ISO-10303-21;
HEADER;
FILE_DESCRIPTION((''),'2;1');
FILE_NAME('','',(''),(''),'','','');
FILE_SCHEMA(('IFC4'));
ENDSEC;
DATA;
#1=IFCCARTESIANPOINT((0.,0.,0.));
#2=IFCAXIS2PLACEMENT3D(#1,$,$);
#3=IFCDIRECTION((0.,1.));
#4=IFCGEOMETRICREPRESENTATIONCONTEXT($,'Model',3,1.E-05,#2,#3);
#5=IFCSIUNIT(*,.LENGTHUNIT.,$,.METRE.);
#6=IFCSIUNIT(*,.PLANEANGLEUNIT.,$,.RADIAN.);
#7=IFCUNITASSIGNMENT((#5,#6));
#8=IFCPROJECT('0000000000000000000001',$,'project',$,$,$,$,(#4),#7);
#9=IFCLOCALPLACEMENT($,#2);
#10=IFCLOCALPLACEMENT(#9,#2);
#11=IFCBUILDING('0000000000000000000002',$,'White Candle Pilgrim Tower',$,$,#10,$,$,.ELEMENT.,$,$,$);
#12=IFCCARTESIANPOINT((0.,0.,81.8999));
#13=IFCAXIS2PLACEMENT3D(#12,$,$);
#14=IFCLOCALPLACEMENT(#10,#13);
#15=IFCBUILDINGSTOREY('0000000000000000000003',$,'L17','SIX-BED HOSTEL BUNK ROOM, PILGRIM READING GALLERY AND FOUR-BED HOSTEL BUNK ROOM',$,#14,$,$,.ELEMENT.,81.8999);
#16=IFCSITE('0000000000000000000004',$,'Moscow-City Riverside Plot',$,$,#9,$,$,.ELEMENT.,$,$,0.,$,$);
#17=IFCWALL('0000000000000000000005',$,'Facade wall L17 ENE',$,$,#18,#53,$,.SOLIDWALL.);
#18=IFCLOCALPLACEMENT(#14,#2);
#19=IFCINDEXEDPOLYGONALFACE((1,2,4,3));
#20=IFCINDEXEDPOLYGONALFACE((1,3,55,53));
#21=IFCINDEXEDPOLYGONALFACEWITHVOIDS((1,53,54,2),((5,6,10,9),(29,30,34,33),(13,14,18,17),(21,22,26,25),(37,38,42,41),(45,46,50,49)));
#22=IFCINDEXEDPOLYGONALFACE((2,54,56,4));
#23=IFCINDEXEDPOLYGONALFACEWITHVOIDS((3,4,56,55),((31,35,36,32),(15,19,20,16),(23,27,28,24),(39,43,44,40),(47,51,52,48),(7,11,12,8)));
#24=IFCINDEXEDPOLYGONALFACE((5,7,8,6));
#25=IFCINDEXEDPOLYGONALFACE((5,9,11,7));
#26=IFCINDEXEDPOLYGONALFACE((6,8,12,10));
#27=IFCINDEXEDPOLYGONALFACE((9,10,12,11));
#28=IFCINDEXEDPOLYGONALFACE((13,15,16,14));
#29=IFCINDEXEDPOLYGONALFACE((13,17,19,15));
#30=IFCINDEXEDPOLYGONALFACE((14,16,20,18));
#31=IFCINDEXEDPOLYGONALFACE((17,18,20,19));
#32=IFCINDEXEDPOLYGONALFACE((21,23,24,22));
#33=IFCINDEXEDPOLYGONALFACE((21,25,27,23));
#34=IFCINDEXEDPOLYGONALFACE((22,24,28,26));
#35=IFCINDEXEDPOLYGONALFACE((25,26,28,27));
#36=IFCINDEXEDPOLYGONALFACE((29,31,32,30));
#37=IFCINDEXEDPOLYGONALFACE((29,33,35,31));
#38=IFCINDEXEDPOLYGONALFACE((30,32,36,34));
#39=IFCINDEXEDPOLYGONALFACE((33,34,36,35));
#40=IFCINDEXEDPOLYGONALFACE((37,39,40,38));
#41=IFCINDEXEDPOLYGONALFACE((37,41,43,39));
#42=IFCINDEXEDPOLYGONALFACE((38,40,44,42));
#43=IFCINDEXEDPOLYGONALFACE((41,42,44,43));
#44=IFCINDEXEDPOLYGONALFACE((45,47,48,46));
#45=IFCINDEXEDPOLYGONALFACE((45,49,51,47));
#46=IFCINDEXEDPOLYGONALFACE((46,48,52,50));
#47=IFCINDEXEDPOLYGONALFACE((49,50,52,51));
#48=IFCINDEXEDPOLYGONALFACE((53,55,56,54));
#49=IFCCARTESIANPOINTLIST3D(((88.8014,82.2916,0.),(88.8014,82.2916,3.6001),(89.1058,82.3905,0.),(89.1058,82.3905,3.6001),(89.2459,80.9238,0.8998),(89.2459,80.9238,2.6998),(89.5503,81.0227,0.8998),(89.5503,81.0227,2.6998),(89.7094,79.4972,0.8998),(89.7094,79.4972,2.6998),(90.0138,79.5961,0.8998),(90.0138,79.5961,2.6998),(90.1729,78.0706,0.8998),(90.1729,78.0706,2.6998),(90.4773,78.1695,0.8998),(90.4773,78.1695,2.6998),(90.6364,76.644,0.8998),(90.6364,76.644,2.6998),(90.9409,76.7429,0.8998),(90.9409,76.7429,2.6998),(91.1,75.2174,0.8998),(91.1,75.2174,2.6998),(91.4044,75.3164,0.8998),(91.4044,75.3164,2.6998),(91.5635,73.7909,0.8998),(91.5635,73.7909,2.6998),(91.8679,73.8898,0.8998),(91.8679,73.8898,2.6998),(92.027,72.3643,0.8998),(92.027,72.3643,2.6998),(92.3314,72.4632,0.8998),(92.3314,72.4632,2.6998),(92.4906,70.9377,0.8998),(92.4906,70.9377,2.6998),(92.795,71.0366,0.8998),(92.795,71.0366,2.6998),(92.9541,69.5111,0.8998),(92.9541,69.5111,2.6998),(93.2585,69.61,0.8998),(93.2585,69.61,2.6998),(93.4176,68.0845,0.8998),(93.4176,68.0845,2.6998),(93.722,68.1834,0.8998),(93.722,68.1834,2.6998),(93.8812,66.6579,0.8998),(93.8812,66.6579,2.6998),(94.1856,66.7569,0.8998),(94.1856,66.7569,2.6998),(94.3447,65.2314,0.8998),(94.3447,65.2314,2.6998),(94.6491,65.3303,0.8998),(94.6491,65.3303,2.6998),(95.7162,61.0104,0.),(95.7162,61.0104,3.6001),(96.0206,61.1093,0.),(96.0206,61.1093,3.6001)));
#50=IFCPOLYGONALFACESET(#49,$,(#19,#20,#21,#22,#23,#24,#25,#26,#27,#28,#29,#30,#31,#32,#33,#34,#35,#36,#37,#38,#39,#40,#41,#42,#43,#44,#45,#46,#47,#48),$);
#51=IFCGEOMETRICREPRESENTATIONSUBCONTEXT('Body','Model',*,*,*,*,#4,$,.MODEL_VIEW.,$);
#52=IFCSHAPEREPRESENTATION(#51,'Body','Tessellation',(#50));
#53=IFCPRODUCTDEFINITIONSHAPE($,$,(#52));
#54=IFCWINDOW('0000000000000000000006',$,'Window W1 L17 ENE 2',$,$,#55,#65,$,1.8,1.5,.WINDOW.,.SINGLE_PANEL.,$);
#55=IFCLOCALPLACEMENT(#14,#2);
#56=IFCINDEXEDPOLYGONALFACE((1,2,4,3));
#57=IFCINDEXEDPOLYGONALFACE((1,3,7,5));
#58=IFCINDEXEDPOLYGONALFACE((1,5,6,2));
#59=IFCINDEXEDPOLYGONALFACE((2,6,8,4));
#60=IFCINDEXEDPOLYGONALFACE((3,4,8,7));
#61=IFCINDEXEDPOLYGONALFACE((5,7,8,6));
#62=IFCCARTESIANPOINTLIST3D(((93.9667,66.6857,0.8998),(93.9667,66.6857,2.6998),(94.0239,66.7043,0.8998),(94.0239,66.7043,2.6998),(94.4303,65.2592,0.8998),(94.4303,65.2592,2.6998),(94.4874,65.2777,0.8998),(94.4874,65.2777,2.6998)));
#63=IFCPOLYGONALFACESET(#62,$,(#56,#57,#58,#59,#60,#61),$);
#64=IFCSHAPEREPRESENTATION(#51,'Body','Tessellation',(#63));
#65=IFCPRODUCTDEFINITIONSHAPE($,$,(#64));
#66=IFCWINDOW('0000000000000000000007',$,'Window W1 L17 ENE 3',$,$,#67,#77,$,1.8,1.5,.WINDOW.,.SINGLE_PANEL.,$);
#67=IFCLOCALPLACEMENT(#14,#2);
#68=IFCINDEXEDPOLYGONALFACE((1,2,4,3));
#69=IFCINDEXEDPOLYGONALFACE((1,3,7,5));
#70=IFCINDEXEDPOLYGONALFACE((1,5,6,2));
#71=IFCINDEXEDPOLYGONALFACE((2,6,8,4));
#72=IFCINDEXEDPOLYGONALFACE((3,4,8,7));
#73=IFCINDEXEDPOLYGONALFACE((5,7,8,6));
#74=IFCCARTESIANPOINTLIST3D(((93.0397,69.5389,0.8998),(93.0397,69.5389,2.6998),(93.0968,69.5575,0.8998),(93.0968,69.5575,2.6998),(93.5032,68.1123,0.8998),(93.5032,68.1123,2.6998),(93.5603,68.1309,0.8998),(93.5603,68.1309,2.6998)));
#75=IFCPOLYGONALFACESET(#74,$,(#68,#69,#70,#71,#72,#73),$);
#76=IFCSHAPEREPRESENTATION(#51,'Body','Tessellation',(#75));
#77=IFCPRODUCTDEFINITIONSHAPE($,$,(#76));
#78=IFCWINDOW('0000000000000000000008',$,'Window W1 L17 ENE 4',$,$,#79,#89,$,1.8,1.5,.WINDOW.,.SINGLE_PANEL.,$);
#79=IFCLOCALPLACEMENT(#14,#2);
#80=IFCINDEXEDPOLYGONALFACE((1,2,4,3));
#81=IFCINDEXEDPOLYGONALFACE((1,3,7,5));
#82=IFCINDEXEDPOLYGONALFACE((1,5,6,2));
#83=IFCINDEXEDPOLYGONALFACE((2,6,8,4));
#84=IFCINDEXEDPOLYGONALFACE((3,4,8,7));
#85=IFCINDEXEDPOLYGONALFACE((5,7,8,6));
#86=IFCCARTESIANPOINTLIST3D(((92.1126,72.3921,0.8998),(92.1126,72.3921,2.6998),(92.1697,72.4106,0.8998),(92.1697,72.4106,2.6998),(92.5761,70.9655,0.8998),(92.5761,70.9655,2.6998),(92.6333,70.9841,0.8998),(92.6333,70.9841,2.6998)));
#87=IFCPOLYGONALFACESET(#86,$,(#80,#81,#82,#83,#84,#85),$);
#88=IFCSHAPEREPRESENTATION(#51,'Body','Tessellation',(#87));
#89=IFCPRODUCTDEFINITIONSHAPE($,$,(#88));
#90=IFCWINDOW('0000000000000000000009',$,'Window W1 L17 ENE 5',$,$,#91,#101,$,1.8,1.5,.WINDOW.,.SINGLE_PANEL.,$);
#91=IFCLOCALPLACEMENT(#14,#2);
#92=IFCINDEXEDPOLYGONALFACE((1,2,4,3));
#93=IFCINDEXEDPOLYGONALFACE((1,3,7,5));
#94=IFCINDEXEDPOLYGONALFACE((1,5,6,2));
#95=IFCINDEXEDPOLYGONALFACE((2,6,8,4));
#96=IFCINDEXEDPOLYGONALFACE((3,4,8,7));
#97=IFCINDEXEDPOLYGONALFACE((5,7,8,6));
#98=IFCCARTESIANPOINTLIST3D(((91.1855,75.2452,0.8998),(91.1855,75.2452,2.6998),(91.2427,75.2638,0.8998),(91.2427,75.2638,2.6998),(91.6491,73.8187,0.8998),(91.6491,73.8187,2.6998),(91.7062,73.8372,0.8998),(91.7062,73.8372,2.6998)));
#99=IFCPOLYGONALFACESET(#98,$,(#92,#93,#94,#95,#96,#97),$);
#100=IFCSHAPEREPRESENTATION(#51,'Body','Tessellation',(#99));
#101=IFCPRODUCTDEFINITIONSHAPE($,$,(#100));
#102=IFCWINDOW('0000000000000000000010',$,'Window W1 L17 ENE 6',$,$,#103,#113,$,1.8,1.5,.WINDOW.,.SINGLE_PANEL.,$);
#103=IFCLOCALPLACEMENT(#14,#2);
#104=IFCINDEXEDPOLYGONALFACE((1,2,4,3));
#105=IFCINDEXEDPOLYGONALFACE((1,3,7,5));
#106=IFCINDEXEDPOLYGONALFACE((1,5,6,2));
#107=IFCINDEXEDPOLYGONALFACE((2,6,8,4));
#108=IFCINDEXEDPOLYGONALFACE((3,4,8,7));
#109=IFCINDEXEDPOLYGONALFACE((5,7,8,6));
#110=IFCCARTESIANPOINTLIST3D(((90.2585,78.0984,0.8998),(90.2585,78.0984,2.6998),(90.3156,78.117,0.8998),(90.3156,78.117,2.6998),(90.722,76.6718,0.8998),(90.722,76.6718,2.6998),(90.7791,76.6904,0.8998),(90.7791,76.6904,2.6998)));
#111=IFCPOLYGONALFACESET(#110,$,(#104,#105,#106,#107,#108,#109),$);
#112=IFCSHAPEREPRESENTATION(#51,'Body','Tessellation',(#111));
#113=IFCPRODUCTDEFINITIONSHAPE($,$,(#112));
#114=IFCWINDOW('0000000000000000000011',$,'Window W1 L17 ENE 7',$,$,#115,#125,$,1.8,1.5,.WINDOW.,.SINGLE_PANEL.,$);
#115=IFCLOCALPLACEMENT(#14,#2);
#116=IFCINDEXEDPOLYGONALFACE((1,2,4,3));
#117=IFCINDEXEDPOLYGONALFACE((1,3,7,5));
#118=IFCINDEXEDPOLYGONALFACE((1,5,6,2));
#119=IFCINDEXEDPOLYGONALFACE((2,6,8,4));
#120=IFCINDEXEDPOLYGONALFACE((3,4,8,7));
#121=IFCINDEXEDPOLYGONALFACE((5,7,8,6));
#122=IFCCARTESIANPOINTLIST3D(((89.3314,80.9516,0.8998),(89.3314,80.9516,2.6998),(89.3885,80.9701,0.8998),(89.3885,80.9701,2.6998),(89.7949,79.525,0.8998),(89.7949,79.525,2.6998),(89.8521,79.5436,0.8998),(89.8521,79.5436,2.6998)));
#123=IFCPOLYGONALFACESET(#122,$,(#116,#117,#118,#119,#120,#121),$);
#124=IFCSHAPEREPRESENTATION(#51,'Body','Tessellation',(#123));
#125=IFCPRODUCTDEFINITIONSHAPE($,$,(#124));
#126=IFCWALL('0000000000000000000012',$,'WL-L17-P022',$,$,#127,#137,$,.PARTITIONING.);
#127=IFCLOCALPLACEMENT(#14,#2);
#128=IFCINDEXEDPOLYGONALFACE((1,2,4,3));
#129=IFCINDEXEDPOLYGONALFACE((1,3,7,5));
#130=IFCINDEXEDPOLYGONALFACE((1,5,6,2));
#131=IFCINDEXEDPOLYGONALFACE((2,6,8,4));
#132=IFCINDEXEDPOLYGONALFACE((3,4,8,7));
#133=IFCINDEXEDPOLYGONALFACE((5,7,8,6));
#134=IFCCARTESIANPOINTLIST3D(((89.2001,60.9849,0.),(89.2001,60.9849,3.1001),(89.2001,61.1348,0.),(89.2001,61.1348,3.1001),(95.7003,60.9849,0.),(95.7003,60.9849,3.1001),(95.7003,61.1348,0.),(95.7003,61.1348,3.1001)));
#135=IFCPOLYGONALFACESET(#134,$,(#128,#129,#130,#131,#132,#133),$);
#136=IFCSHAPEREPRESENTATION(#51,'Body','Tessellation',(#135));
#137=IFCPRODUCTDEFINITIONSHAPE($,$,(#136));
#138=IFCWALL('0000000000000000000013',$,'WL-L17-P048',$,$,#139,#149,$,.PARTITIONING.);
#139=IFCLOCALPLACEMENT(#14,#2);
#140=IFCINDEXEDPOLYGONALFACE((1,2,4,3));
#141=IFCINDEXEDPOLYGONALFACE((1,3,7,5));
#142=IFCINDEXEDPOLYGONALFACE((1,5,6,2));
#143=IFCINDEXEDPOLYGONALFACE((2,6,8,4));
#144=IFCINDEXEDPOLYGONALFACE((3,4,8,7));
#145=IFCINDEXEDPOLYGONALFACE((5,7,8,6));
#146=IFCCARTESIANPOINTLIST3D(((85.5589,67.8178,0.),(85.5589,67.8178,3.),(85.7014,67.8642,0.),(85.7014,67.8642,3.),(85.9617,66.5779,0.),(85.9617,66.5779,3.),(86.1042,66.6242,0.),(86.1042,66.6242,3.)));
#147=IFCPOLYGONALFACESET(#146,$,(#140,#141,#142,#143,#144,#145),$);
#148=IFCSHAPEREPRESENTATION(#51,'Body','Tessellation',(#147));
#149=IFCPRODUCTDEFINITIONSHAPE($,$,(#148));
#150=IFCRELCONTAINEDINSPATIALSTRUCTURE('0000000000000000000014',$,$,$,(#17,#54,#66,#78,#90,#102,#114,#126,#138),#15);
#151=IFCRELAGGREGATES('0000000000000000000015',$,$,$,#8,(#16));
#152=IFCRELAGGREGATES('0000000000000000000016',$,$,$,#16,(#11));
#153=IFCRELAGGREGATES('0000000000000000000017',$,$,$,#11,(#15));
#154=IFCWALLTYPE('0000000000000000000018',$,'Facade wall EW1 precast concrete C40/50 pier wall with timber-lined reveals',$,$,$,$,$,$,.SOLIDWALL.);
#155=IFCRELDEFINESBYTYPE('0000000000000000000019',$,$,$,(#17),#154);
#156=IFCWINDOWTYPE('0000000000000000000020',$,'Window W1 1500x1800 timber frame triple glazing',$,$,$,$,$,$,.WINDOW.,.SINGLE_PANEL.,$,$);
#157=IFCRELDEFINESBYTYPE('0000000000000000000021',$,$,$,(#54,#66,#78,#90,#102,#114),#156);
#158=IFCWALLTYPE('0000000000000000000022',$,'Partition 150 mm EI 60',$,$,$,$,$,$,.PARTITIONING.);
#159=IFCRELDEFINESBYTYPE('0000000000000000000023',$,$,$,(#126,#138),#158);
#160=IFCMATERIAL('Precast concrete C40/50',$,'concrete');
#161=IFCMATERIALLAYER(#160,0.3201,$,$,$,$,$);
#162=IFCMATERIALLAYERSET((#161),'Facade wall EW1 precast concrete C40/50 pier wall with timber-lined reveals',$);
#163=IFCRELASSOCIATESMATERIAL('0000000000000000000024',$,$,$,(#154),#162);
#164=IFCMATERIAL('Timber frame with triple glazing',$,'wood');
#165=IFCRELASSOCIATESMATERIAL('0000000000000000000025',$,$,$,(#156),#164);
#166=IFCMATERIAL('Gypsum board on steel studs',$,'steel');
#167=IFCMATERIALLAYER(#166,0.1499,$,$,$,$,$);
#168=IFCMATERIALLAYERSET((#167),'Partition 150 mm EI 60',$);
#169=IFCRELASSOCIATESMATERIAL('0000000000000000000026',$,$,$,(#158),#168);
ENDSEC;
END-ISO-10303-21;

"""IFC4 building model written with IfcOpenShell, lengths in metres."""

from ifc_helpers import new_model, si_unit, direction, frame, frame_2d, origin, place, context, subcontext, project, spatial, rectangle, extrude, material, layer, layer_set, type_object, element, fill, save


model = new_model("IFC4")

# Units and contexts
model_context = context("Model", 3, precision=1e-05, world=origin(), true_north=direction((0.0, 1.0)))
body_context = subcontext(model_context, "Body", "Model", "MODEL_VIEW")
ifc_project = project(units=[si_unit("LENGTHUNIT", "METRE"), si_unit("PLANEANGLEUNIT", "RADIAN")], contexts=[model_context])

# Site, building, storey
site_placement = place(None, origin())
site = spatial("IfcSite", under=ifc_project, at=site_placement, Name="Moscow-City Riverside Plot", CompositionType="ELEMENT", RefElevation=0.0)
building_placement = place(site_placement, origin())
building = spatial("IfcBuilding", under=site, at=building_placement, Name="White Candle Pilgrim Tower", CompositionType="ELEMENT")
storey_placement = place(building_placement, frame((0.0, 0.0, 81.8999)))
storey = spatial("IfcBuildingStorey", under=building, at=storey_placement, Name="L17", Description="SIX-BED HOSTEL BUNK ROOM, PILGRIM READING GALLERY AND FOUR-BED HOSTEL BUNK ROOM", CompositionType="ELEMENT", Elevation=81.8999)

# Shared definitions
ifc_material_1 = material(Name="Gypsum board on steel studs", Category="steel")

# Wall, openings, windows
ifc_material_2 = material(Name="Precast concrete C40/50", Category="concrete")
ifc_layer_1 = layer(ifc_material_2, 0.3201)
ifc_layer_set_1 = layer_set([ifc_layer_1], Name="Facade wall EW1 precast concrete C40/50 pier wall with timber-lined reveals")
wall_type_1 = type_object("IfcWallType", Name="Facade wall EW1 precast concrete C40/50 pier wall with timber-lined reveals", PredefinedType="SOLIDWALL", material=ifc_layer_set_1)
wall_1_placement = place(storey_placement, frame((95.8684, 61.0598, 0.0), z_axis=(0.0, 0.0, 1.0), x_axis=(-0.309021, 0.951055, 0.0)))
wall_1 = element("IfcWall", 1, at=wall_1_placement, inside=storey, type_object=wall_type_1, Name="Facade wall L17 ENE", PredefinedType="SOLIDWALL", context=body_context, shape_type="SweptSolid", body=[
    extrude(rectangle(XDim=22.3765, YDim=0.3201, at=frame_2d((11.1882, 0.0))), origin(), (0.0, 0.0, 1.0), 3.6001),
])
opening_1_placement = place(wall_1_placement, frame((4.4382, 0.0, 0.8999)))
opening_1 = element("IfcOpeningElement", 2, at=opening_1_placement, cuts=wall_1, PredefinedType="OPENING", context=body_context, shape_type="SweptSolid", body=[
    extrude(rectangle(XDim=1.5, YDim=1.8, at=frame_2d((0.75, 0.8999))), frame((0.0, 0.1699, 0.0), z_axis=(0.0, -1.0, 0.0), x_axis=(1.0, 0.0, 0.0)), (0.0, 0.0, 1.0), 0.3401),
])
opening_2_placement = place(wall_1_placement, frame((7.4382, 0.0, 0.8999)))
opening_2 = element("IfcOpeningElement", 3, at=opening_2_placement, cuts=wall_1, PredefinedType="OPENING", context=body_context, shape_type="SweptSolid", body=[
    extrude(rectangle(XDim=1.5, YDim=1.8, at=frame_2d((0.75, 0.8999))), frame((0.0, 0.1699, 0.0), z_axis=(0.0, -1.0, 0.0), x_axis=(1.0, 0.0, 0.0)), (0.0, 0.0, 1.0), 0.3401),
])
opening_3_placement = place(wall_1_placement, frame((10.4382, 0.0, 0.8999)))
opening_3 = element("IfcOpeningElement", 4, at=opening_3_placement, cuts=wall_1, PredefinedType="OPENING", context=body_context, shape_type="SweptSolid", body=[
    extrude(rectangle(XDim=1.5, YDim=1.8, at=frame_2d((0.75, 0.8999))), frame((0.0, 0.1699, 0.0), z_axis=(0.0, -1.0, 0.0), x_axis=(1.0, 0.0, 0.0)), (0.0, 0.0, 1.0), 0.3401),
])
opening_4_placement = place(wall_1_placement, frame((13.4382, 0.0, 0.8999)))
opening_4 = element("IfcOpeningElement", 5, at=opening_4_placement, cuts=wall_1, PredefinedType="OPENING", context=body_context, shape_type="SweptSolid", body=[
    extrude(rectangle(XDim=1.5, YDim=1.8, at=frame_2d((0.75, 0.8999))), frame((0.0, 0.1699, 0.0), z_axis=(0.0, -1.0, 0.0), x_axis=(1.0, 0.0, 0.0)), (0.0, 0.0, 1.0), 0.3401),
])
opening_5_placement = place(wall_1_placement, frame((16.4382, 0.0, 0.8999)))
opening_5 = element("IfcOpeningElement", 6, at=opening_5_placement, cuts=wall_1, PredefinedType="OPENING", context=body_context, shape_type="SweptSolid", body=[
    extrude(rectangle(XDim=1.5, YDim=1.8, at=frame_2d((0.75, 0.8999))), frame((0.0, 0.1699, 0.0), z_axis=(0.0, -1.0, 0.0), x_axis=(1.0, 0.0, 0.0)), (0.0, 0.0, 1.0), 0.3401),
])
opening_6_placement = place(wall_1_placement, frame((19.4382, 0.0, 0.8999)))
opening_6 = element("IfcOpeningElement", 7, at=opening_6_placement, cuts=wall_1, PredefinedType="OPENING", context=body_context, shape_type="SweptSolid", body=[
    extrude(rectangle(XDim=1.5, YDim=1.8, at=frame_2d((0.75, 0.8999))), frame((0.0, 0.1699, 0.0), z_axis=(0.0, -1.0, 0.0), x_axis=(1.0, 0.0, 0.0)), (0.0, 0.0, 1.0), 0.3401),
])
ifc_material_3 = material(Name="Timber frame with triple glazing", Category="wood")
window_type = type_object("IfcWindowType", Name="Window W1 1500x1800 timber frame triple glazing", PartitioningType="SINGLE_PANEL", PredefinedType="WINDOW", material=ifc_material_3)
window_1_placement = place(opening_1_placement, origin())
window_1 = element("IfcWindow", 8, at=window_1_placement, inside=storey, type_object=window_type, Name="Window W1 L17 ENE 2", OverallHeight=1.8, OverallWidth=1.5, PartitioningType="SINGLE_PANEL", PredefinedType="WINDOW", context=body_context, shape_type="SweptSolid", body=[
    extrude(rectangle(XDim=1.5, YDim=1.8, at=frame_2d((0.75, 0.8999))), frame((0.0, 0.0701, 0.0), z_axis=(0.0, -1.0, 0.0), x_axis=(1.0, 0.0, 0.0)), (0.0, 0.0, 1.0), 0.0601),
])
fill(opening_1, window_1)
window_2_placement = place(opening_2_placement, origin())
window_2 = element("IfcWindow", 9, at=window_2_placement, inside=storey, type_object=window_type, Name="Window W1 L17 ENE 3", OverallHeight=1.8, OverallWidth=1.5, PartitioningType="SINGLE_PANEL", PredefinedType="WINDOW", context=body_context, shape_type="SweptSolid", body=[
    extrude(rectangle(XDim=1.5, YDim=1.8, at=frame_2d((0.75, 0.8999))), frame((0.0, 0.0701, 0.0), z_axis=(0.0, -1.0, 0.0), x_axis=(1.0, 0.0, 0.0)), (0.0, 0.0, 1.0), 0.0601),
])
fill(opening_2, window_2)
window_3_placement = place(opening_3_placement, origin())
window_3 = element("IfcWindow", 10, at=window_3_placement, inside=storey, type_object=window_type, Name="Window W1 L17 ENE 4", OverallHeight=1.8, OverallWidth=1.5, PartitioningType="SINGLE_PANEL", PredefinedType="WINDOW", context=body_context, shape_type="SweptSolid", body=[
    extrude(rectangle(XDim=1.5, YDim=1.8, at=frame_2d((0.75, 0.8999))), frame((0.0, 0.0701, 0.0), z_axis=(0.0, -1.0, 0.0), x_axis=(1.0, 0.0, 0.0)), (0.0, 0.0, 1.0), 0.0601),
])
fill(opening_3, window_3)
window_4_placement = place(opening_4_placement, origin())
window_4 = element("IfcWindow", 11, at=window_4_placement, inside=storey, type_object=window_type, Name="Window W1 L17 ENE 5", OverallHeight=1.8, OverallWidth=1.5, PartitioningType="SINGLE_PANEL", PredefinedType="WINDOW", context=body_context, shape_type="SweptSolid", body=[
    extrude(rectangle(XDim=1.5, YDim=1.8, at=frame_2d((0.75, 0.8999))), frame((0.0, 0.0701, 0.0), z_axis=(0.0, -1.0, 0.0), x_axis=(1.0, 0.0, 0.0)), (0.0, 0.0, 1.0), 0.0601),
])
fill(opening_4, window_4)
window_5_placement = place(opening_5_placement, origin())
window_5 = element("IfcWindow", 12, at=window_5_placement, inside=storey, type_object=window_type, Name="Window W1 L17 ENE 6", OverallHeight=1.8, OverallWidth=1.5, PartitioningType="SINGLE_PANEL", PredefinedType="WINDOW", context=body_context, shape_type="SweptSolid", body=[
    extrude(rectangle(XDim=1.5, YDim=1.8, at=frame_2d((0.75, 0.8999))), frame((0.0, 0.0701, 0.0), z_axis=(0.0, -1.0, 0.0), x_axis=(1.0, 0.0, 0.0)), (0.0, 0.0, 1.0), 0.0601),
])
fill(opening_5, window_5)
window_6_placement = place(opening_6_placement, origin())
window_6 = element("IfcWindow", 13, at=window_6_placement, inside=storey, type_object=window_type, Name="Window W1 L17 ENE 7", OverallHeight=1.8, OverallWidth=1.5, PartitioningType="SINGLE_PANEL", PredefinedType="WINDOW", context=body_context, shape_type="SweptSolid", body=[
    extrude(rectangle(XDim=1.5, YDim=1.8, at=frame_2d((0.75, 0.8999))), frame((0.0, 0.0701, 0.0), z_axis=(0.0, -1.0, 0.0), x_axis=(1.0, 0.0, 0.0)), (0.0, 0.0, 1.0), 0.0601),
])
fill(opening_6, window_6)

# Walls
ifc_layer_2 = layer(ifc_material_1, 0.1499)
ifc_layer_set_2 = layer_set([ifc_layer_2], Name="Partition 150 mm EI 60")
wall_type_2 = type_object("IfcWallType", Name="Partition 150 mm EI 60", PredefinedType="PARTITIONING", material=ifc_layer_set_2)
wall_2_placement = place(storey_placement, frame((95.7002, 61.0598, 0.0), z_axis=(0.0, 0.0, 1.0), x_axis=(-1.0, 0.0, 0.0)))
element("IfcWall", 14, at=wall_2_placement, inside=storey, type_object=wall_type_2, Name="WL-L17-P022", PredefinedType="PARTITIONING", context=body_context, shape_type="SweptSolid", body=[
    extrude(rectangle(XDim=6.5002, YDim=0.1499, at=frame_2d((3.25, 0.0))), origin(), (0.0, 0.0, 1.0), 3.1001),
])
wall_3_placement = place(storey_placement, frame((86.033, 66.6011, 0.0), z_axis=(0.0, 0.0, 1.0), x_axis=(-0.308972, 0.951071, 0.0)))
element("IfcWall", 15, at=wall_3_placement, inside=storey, type_object=wall_type_2, Name="WL-L17-P048", PredefinedType="PARTITIONING", context=body_context, shape_type="SweptSolid", body=[
    extrude(rectangle(XDim=1.3037, YDim=0.1499, at=frame_2d((0.6519, 0.0))), origin(), (0.0, 0.0, 1.0), 3.0),
])

save(model, "model.ifc")
